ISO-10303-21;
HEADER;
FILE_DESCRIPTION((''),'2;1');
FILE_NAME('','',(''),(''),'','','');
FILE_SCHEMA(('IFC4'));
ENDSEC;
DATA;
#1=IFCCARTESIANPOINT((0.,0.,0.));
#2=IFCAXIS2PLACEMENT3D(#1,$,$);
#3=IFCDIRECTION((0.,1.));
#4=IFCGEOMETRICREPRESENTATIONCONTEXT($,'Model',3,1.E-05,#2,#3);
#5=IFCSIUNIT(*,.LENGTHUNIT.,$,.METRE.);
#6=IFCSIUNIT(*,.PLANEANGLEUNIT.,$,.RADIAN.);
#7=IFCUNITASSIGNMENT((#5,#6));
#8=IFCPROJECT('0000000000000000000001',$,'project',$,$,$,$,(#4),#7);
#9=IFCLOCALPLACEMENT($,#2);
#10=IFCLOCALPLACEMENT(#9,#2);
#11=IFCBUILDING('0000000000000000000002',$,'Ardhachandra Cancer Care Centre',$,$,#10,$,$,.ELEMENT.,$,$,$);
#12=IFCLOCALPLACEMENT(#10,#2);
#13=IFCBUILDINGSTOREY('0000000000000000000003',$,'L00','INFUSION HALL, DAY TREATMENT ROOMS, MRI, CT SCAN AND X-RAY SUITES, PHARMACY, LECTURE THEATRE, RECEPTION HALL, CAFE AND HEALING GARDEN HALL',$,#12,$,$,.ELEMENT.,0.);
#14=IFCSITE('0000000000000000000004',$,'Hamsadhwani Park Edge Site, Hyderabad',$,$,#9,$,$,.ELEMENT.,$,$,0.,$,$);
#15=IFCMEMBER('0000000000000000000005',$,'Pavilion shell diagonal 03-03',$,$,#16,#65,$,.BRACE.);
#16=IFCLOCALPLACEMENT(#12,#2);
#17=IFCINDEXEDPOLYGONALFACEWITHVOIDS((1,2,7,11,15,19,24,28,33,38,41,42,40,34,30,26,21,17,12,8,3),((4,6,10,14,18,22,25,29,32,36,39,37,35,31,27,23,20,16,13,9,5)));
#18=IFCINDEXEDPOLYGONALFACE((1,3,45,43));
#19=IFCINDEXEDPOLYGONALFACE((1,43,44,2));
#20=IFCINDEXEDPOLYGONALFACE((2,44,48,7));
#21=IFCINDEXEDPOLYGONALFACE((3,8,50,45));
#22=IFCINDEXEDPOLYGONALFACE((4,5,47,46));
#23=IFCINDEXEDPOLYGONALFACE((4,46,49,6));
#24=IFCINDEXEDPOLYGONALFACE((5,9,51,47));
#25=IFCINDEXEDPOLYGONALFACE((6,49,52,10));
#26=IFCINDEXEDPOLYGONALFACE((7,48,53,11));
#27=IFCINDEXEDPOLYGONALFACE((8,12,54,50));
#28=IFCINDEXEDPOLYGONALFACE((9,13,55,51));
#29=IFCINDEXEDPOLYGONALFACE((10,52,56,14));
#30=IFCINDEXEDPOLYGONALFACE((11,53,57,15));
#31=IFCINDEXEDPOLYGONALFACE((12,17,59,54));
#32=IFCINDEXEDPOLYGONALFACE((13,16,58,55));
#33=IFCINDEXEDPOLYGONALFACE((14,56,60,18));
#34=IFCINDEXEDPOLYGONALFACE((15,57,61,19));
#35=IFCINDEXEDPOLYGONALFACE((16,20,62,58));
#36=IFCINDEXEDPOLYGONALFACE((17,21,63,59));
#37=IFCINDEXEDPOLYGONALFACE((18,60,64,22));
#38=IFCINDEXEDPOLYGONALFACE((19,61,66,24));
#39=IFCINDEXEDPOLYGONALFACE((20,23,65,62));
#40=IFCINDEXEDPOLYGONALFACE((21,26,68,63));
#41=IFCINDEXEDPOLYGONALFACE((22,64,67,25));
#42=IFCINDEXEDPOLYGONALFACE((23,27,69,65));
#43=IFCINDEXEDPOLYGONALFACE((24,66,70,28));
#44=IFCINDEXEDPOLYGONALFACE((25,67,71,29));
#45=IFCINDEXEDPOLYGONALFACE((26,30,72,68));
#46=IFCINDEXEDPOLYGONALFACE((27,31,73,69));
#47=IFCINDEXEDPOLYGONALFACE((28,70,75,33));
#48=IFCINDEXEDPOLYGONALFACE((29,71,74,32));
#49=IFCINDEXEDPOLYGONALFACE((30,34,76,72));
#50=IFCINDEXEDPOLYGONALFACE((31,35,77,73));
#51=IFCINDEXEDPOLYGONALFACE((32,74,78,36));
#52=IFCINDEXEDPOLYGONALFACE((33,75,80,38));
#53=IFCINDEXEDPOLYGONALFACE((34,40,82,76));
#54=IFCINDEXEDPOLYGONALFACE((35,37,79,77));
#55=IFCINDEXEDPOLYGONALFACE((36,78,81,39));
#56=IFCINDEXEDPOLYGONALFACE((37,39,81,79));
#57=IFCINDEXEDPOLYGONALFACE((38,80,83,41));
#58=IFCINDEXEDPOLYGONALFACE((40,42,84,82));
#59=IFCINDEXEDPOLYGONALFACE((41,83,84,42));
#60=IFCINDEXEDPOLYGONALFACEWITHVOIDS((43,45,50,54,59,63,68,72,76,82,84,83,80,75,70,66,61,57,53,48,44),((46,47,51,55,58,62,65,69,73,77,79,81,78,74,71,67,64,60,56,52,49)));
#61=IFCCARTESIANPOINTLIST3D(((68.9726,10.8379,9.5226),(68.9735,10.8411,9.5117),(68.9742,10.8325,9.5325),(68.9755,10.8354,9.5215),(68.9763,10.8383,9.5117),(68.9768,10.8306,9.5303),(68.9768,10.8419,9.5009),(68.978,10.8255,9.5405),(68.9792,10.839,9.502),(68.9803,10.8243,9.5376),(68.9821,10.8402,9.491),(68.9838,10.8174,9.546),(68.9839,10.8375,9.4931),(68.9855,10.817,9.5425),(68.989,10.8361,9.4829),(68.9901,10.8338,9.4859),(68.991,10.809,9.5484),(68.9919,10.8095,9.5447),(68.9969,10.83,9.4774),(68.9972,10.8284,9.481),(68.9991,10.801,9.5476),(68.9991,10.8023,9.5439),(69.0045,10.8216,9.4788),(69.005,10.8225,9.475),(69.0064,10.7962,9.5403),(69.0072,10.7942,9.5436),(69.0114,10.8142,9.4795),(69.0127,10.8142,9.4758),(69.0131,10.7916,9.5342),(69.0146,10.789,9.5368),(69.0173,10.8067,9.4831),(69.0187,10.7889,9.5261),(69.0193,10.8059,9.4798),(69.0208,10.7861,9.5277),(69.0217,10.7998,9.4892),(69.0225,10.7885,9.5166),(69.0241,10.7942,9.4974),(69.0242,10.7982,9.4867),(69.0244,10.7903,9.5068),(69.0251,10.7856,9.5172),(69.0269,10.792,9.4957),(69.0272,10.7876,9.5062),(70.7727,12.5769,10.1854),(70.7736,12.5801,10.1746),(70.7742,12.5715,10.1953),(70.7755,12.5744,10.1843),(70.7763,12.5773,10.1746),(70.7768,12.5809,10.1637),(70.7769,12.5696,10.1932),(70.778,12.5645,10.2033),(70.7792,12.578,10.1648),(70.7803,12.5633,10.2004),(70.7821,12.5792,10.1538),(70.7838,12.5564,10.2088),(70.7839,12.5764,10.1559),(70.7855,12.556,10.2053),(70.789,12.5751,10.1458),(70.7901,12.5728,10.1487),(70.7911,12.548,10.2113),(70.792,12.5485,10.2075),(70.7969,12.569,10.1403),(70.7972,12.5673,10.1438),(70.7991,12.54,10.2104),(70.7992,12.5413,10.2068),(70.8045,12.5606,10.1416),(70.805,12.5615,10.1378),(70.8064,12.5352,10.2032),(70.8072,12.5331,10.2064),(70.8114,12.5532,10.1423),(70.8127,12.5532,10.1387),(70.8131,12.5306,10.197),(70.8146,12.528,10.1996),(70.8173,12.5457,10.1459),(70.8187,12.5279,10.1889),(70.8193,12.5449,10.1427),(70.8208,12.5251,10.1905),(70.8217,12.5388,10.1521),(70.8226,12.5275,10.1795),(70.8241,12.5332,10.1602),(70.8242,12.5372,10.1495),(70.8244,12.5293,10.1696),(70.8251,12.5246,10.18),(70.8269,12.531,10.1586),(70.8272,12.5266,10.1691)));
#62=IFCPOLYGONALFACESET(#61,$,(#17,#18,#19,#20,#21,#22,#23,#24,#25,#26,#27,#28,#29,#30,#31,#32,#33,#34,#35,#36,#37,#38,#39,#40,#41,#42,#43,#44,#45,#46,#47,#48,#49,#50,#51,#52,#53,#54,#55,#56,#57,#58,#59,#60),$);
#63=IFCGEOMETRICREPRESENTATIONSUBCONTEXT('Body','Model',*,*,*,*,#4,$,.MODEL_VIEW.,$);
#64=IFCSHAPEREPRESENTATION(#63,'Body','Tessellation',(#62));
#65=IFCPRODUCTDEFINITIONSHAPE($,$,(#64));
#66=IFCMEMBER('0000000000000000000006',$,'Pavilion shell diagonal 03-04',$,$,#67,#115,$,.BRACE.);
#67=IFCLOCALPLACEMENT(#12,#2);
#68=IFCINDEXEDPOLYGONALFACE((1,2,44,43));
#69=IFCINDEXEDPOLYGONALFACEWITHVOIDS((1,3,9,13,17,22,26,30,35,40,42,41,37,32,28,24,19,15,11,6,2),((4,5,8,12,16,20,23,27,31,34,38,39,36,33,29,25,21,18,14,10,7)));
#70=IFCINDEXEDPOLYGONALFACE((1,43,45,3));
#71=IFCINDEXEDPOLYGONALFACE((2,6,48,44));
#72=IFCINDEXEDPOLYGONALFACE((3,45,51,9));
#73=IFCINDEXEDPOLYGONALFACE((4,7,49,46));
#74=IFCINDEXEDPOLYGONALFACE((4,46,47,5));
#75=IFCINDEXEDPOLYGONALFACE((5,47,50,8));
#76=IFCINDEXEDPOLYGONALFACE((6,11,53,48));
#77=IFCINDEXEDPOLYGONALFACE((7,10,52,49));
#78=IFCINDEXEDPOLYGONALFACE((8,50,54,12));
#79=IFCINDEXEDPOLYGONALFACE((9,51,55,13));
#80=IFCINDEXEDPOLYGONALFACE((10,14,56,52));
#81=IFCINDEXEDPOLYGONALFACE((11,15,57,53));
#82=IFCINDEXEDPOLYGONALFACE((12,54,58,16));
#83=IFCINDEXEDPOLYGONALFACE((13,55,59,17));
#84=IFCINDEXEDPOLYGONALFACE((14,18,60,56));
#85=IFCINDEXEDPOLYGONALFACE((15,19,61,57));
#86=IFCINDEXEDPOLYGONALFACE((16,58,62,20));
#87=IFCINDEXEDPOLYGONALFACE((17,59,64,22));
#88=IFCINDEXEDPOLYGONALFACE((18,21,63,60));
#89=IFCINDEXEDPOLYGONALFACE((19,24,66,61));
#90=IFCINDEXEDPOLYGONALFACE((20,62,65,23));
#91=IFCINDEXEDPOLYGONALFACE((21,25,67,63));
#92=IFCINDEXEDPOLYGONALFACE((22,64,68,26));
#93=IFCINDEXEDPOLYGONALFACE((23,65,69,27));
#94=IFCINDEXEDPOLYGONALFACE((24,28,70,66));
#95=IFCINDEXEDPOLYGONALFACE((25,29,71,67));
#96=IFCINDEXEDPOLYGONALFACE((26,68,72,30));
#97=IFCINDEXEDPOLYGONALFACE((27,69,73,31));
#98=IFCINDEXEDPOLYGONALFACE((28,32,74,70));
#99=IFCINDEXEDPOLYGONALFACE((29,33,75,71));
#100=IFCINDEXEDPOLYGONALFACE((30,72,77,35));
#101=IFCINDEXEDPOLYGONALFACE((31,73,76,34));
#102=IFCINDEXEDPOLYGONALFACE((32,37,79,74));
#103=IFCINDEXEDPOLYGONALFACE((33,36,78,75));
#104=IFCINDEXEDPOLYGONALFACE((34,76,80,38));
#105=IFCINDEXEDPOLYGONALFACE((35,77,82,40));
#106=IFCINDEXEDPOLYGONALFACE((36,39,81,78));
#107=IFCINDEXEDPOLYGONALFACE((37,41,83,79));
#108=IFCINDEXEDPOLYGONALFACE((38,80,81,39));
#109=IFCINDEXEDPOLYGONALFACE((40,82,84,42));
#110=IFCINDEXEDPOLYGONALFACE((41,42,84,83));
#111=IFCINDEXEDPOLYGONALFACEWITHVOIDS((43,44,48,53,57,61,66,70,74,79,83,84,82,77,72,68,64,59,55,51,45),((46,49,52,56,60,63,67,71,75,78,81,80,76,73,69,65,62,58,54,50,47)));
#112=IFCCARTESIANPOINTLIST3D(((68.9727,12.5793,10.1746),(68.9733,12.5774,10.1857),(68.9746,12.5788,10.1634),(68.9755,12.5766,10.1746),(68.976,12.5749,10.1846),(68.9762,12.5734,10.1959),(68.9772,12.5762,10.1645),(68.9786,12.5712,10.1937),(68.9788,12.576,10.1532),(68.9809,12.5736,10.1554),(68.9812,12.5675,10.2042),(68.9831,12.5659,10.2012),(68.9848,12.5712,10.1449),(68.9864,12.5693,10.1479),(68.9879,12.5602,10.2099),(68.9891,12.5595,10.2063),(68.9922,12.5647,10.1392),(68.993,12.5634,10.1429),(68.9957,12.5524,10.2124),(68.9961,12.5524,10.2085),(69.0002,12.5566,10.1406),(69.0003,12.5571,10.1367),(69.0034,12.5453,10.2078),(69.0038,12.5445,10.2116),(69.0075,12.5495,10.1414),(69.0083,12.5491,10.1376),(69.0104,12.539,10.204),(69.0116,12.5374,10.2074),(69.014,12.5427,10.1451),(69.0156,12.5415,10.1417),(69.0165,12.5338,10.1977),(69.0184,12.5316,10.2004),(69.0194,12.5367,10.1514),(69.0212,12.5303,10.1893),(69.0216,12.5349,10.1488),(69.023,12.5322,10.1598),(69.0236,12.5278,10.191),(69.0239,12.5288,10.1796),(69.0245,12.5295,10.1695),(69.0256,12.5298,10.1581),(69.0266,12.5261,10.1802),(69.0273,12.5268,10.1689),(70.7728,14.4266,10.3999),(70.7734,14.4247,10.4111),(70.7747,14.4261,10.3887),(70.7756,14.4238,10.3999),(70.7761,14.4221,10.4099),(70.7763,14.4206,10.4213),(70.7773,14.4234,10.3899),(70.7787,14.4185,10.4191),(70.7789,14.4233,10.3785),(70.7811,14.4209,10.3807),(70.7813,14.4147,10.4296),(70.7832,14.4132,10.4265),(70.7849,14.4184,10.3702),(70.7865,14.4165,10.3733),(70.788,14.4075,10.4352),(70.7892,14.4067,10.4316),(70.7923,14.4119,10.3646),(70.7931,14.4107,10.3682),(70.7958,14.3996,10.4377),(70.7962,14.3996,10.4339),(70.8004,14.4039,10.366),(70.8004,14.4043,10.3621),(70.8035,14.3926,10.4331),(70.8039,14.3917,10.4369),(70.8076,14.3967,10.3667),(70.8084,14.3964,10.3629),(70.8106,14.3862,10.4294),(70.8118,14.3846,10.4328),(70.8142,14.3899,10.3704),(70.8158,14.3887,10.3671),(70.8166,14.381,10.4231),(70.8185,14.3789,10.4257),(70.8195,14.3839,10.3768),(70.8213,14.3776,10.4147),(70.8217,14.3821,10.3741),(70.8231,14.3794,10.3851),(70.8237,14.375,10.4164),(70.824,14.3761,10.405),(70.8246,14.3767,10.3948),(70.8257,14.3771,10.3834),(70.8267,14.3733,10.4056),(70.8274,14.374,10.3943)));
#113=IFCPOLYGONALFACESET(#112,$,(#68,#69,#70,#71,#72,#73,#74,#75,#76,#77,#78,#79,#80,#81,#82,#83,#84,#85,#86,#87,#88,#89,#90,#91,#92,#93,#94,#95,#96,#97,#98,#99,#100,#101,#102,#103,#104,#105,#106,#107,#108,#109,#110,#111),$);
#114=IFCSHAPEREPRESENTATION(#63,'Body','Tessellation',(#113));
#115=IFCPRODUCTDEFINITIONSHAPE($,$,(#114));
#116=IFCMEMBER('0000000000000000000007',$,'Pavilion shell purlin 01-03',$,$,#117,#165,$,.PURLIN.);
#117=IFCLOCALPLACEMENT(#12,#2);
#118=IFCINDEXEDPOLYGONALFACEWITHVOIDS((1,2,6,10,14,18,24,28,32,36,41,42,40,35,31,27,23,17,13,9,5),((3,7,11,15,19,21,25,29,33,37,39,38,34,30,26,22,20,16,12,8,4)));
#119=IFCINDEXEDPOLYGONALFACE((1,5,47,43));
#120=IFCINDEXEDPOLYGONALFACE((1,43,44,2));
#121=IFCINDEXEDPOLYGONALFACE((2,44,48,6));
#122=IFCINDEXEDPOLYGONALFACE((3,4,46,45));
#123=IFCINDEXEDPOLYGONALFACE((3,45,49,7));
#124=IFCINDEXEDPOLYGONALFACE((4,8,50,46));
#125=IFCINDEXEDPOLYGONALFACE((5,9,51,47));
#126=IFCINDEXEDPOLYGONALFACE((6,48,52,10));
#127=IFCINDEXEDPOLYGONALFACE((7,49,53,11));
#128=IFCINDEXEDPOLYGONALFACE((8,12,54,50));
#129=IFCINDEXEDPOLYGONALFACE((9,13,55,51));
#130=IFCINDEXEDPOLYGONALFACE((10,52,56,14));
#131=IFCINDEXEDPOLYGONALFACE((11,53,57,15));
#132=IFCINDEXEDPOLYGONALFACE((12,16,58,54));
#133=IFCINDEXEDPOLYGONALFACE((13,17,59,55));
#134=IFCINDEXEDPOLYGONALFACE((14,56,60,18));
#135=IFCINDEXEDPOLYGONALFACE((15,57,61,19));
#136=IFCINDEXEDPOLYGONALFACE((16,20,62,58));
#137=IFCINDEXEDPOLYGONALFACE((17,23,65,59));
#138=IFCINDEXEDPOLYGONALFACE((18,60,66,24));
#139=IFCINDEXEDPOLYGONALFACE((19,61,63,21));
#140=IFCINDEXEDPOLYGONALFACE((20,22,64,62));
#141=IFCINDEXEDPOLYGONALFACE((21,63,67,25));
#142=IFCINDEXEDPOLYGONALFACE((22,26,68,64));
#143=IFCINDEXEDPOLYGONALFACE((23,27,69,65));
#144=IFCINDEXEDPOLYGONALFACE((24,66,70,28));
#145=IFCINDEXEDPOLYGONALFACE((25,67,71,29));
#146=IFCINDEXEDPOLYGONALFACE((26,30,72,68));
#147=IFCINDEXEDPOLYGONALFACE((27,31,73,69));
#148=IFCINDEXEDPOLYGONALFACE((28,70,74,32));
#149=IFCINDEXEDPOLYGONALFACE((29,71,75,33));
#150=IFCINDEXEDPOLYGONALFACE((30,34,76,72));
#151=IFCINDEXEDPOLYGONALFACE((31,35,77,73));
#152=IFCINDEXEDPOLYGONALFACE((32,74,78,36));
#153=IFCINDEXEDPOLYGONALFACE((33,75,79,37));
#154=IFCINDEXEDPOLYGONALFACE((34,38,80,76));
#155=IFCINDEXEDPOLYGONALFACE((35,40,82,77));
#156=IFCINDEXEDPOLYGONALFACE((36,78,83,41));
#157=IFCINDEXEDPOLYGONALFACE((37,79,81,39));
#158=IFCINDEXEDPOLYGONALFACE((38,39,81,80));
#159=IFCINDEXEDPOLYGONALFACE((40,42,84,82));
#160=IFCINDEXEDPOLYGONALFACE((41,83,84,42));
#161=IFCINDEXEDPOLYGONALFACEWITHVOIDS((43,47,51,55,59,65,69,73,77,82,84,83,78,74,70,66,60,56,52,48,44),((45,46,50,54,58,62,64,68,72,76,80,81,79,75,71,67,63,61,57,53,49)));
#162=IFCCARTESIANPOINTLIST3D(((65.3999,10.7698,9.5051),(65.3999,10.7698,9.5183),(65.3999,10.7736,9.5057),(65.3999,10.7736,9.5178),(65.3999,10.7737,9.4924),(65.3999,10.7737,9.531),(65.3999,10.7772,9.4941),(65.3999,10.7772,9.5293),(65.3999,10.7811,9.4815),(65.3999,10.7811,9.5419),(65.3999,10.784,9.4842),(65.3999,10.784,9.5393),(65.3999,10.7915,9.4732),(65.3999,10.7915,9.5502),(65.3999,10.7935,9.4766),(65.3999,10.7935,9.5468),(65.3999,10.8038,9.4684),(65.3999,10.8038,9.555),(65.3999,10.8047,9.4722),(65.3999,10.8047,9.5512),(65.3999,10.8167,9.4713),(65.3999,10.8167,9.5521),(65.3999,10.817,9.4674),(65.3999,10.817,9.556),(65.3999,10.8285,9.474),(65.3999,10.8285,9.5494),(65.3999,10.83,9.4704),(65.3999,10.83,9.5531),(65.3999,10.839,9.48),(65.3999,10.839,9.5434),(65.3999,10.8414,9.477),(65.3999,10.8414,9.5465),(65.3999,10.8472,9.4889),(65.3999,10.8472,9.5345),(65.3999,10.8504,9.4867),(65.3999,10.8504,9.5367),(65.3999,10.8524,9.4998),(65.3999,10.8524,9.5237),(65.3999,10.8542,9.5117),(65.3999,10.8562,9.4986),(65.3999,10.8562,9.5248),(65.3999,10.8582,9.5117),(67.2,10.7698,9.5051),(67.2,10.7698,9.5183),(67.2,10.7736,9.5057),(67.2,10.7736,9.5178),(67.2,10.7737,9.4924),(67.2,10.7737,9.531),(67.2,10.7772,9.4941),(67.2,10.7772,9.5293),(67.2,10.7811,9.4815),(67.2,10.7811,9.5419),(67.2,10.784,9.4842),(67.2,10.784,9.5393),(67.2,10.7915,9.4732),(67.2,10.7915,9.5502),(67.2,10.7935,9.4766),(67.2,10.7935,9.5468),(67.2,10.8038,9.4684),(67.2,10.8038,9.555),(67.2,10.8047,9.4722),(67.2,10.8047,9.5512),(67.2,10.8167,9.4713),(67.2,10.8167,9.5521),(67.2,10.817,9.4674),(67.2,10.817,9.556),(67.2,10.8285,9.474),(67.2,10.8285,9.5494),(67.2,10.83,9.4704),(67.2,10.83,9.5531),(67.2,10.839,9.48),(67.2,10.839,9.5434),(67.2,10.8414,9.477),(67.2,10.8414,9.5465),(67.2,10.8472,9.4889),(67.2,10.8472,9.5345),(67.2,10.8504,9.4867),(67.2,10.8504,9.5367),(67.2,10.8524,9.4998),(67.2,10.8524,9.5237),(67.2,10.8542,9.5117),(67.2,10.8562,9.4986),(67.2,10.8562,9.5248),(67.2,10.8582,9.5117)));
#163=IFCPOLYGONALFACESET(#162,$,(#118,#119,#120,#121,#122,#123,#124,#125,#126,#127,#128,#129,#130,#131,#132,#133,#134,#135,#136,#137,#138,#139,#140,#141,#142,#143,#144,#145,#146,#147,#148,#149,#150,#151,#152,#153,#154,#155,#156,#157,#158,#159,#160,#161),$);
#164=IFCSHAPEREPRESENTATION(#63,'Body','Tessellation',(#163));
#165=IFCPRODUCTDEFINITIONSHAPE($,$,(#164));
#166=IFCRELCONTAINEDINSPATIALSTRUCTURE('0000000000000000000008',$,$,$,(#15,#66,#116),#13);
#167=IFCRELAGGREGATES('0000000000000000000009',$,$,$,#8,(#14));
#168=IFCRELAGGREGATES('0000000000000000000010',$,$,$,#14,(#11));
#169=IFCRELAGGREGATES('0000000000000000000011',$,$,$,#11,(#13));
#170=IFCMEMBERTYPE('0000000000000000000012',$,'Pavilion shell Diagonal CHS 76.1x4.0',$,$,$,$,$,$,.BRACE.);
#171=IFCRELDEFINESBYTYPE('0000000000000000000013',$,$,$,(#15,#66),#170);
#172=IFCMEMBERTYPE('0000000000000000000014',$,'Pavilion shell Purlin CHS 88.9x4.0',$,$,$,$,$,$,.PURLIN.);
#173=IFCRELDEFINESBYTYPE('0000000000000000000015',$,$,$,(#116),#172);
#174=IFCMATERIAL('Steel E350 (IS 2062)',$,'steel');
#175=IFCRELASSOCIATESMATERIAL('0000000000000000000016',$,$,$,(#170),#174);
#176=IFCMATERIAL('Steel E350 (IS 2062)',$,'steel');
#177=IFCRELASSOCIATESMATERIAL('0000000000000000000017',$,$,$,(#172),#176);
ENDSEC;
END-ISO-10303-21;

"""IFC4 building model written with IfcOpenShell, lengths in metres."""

from ifc_helpers import new_model, si_unit, direction, frame, origin, origin_2d, place, context, subcontext, project, spatial, hollow_circle, extrude, material, material_profile, profile_set, type_object, element, save


model = new_model("IFC4")

# Units and contexts
model_context = context("Model", 3, precision=1e-05, world=origin(), true_north=direction((0.0, 1.0)))
body_context = subcontext(model_context, "Body", "Model", "MODEL_VIEW")
ifc_project = project(units=[si_unit("LENGTHUNIT", "METRE"), si_unit("PLANEANGLEUNIT", "RADIAN")], contexts=[model_context])

# Site, building, storey
site_placement = place(None, origin())
site = spatial("IfcSite", under=ifc_project, at=site_placement, Name="Hamsadhwani Park Edge Site, Hyderabad", CompositionType="ELEMENT", RefElevation=0.0)
building_placement = place(site_placement, origin())
building = spatial("IfcBuilding", under=site, at=building_placement, Name="Ardhachandra Cancer Care Centre", CompositionType="ELEMENT")
storey_placement = place(building_placement, origin())
storey = spatial("IfcBuildingStorey", under=building, at=storey_placement, Name="L00", Description="INFUSION HALL, DAY TREATMENT ROOMS, MRI, CT SCAN AND X-RAY SUITES, PHARMACY, LECTURE THEATRE, RECEPTION HALL, CAFE AND HEALING GARDEN HALL", CompositionType="ELEMENT", Elevation=0.0)

# Members
ifc_material_1 = material(Name="Steel E350 (IS 2062)", Category="steel")
ifc_material_profile_1 = material_profile(ifc_material_1, hollow_circle(Radius=0.0381, WallThickness=0.0039, at=origin_2d()), Name="CHS 76.1x4.0")
ifc_profile_set_1 = profile_set([ifc_material_profile_1], Name="Steel E350 (IS 2062)")
member_type_1 = type_object("IfcMemberType", Name="Pavilion shell Diagonal CHS 76.1x4.0", PredefinedType="BRACE", material=ifc_profile_set_1)
for number, where, z_axis, x_axis, name in (
    (1, (69.0, 10.8137, 9.5117), (0.695227, 0.671654, 0.256007), (-0.694809, 0.719195, 0.0), "Pavilion shell diagonal 03-03"),
    (2, (69.0, 12.5527, 10.1746), (0.695265, 0.713464, 0.087038), (-0.716182, 0.697913, 0.0), "Pavilion shell diagonal 03-04"),
):
    element("IfcMember", number, at=place(storey_placement, frame(where, z_axis=z_axis, x_axis=x_axis)), inside=storey, type_object=member_type_1, Name=name, PredefinedType="BRACE", context=body_context, shape_type="SweptSolid", body=[
        extrude(hollow_circle(Radius=0.0381, WallThickness=0.0039, at=origin_2d()), origin(), (0.0, 0.0, 1.0), 2.5891),
    ])
ifc_material_2 = material(Name="Steel E350 (IS 2062)", Category="steel")
ifc_material_profile_2 = material_profile(ifc_material_2, hollow_circle(Radius=0.0444, WallThickness=0.0039, at=origin_2d()), Name="CHS 88.9x4.0")
ifc_profile_set_2 = profile_set([ifc_material_profile_2], Name="Steel E350 (IS 2062)")
member_type_2 = type_object("IfcMemberType", Name="Pavilion shell Purlin CHS 88.9x4.0", PredefinedType="PURLIN", material=ifc_profile_set_2)
for number, where, z_axis, x_axis, name in (
    (3, (65.3999, 10.8137, 9.5117), (1.0, 0.0, 0.0), (0.0, 1.0, 0.0), "Pavilion shell purlin 01-03"),
):
    element("IfcMember", number, at=place(storey_placement, frame(where, z_axis=z_axis, x_axis=x_axis)), inside=storey, type_object=member_type_2, Name=name, PredefinedType="PURLIN", context=body_context, shape_type="SweptSolid", body=[
        extrude(hollow_circle(Radius=0.0444, WallThickness=0.0039, at=origin_2d()), origin(), (0.0, 0.0, 1.0), 1.8),
    ])

save(model, "model.ifc")
